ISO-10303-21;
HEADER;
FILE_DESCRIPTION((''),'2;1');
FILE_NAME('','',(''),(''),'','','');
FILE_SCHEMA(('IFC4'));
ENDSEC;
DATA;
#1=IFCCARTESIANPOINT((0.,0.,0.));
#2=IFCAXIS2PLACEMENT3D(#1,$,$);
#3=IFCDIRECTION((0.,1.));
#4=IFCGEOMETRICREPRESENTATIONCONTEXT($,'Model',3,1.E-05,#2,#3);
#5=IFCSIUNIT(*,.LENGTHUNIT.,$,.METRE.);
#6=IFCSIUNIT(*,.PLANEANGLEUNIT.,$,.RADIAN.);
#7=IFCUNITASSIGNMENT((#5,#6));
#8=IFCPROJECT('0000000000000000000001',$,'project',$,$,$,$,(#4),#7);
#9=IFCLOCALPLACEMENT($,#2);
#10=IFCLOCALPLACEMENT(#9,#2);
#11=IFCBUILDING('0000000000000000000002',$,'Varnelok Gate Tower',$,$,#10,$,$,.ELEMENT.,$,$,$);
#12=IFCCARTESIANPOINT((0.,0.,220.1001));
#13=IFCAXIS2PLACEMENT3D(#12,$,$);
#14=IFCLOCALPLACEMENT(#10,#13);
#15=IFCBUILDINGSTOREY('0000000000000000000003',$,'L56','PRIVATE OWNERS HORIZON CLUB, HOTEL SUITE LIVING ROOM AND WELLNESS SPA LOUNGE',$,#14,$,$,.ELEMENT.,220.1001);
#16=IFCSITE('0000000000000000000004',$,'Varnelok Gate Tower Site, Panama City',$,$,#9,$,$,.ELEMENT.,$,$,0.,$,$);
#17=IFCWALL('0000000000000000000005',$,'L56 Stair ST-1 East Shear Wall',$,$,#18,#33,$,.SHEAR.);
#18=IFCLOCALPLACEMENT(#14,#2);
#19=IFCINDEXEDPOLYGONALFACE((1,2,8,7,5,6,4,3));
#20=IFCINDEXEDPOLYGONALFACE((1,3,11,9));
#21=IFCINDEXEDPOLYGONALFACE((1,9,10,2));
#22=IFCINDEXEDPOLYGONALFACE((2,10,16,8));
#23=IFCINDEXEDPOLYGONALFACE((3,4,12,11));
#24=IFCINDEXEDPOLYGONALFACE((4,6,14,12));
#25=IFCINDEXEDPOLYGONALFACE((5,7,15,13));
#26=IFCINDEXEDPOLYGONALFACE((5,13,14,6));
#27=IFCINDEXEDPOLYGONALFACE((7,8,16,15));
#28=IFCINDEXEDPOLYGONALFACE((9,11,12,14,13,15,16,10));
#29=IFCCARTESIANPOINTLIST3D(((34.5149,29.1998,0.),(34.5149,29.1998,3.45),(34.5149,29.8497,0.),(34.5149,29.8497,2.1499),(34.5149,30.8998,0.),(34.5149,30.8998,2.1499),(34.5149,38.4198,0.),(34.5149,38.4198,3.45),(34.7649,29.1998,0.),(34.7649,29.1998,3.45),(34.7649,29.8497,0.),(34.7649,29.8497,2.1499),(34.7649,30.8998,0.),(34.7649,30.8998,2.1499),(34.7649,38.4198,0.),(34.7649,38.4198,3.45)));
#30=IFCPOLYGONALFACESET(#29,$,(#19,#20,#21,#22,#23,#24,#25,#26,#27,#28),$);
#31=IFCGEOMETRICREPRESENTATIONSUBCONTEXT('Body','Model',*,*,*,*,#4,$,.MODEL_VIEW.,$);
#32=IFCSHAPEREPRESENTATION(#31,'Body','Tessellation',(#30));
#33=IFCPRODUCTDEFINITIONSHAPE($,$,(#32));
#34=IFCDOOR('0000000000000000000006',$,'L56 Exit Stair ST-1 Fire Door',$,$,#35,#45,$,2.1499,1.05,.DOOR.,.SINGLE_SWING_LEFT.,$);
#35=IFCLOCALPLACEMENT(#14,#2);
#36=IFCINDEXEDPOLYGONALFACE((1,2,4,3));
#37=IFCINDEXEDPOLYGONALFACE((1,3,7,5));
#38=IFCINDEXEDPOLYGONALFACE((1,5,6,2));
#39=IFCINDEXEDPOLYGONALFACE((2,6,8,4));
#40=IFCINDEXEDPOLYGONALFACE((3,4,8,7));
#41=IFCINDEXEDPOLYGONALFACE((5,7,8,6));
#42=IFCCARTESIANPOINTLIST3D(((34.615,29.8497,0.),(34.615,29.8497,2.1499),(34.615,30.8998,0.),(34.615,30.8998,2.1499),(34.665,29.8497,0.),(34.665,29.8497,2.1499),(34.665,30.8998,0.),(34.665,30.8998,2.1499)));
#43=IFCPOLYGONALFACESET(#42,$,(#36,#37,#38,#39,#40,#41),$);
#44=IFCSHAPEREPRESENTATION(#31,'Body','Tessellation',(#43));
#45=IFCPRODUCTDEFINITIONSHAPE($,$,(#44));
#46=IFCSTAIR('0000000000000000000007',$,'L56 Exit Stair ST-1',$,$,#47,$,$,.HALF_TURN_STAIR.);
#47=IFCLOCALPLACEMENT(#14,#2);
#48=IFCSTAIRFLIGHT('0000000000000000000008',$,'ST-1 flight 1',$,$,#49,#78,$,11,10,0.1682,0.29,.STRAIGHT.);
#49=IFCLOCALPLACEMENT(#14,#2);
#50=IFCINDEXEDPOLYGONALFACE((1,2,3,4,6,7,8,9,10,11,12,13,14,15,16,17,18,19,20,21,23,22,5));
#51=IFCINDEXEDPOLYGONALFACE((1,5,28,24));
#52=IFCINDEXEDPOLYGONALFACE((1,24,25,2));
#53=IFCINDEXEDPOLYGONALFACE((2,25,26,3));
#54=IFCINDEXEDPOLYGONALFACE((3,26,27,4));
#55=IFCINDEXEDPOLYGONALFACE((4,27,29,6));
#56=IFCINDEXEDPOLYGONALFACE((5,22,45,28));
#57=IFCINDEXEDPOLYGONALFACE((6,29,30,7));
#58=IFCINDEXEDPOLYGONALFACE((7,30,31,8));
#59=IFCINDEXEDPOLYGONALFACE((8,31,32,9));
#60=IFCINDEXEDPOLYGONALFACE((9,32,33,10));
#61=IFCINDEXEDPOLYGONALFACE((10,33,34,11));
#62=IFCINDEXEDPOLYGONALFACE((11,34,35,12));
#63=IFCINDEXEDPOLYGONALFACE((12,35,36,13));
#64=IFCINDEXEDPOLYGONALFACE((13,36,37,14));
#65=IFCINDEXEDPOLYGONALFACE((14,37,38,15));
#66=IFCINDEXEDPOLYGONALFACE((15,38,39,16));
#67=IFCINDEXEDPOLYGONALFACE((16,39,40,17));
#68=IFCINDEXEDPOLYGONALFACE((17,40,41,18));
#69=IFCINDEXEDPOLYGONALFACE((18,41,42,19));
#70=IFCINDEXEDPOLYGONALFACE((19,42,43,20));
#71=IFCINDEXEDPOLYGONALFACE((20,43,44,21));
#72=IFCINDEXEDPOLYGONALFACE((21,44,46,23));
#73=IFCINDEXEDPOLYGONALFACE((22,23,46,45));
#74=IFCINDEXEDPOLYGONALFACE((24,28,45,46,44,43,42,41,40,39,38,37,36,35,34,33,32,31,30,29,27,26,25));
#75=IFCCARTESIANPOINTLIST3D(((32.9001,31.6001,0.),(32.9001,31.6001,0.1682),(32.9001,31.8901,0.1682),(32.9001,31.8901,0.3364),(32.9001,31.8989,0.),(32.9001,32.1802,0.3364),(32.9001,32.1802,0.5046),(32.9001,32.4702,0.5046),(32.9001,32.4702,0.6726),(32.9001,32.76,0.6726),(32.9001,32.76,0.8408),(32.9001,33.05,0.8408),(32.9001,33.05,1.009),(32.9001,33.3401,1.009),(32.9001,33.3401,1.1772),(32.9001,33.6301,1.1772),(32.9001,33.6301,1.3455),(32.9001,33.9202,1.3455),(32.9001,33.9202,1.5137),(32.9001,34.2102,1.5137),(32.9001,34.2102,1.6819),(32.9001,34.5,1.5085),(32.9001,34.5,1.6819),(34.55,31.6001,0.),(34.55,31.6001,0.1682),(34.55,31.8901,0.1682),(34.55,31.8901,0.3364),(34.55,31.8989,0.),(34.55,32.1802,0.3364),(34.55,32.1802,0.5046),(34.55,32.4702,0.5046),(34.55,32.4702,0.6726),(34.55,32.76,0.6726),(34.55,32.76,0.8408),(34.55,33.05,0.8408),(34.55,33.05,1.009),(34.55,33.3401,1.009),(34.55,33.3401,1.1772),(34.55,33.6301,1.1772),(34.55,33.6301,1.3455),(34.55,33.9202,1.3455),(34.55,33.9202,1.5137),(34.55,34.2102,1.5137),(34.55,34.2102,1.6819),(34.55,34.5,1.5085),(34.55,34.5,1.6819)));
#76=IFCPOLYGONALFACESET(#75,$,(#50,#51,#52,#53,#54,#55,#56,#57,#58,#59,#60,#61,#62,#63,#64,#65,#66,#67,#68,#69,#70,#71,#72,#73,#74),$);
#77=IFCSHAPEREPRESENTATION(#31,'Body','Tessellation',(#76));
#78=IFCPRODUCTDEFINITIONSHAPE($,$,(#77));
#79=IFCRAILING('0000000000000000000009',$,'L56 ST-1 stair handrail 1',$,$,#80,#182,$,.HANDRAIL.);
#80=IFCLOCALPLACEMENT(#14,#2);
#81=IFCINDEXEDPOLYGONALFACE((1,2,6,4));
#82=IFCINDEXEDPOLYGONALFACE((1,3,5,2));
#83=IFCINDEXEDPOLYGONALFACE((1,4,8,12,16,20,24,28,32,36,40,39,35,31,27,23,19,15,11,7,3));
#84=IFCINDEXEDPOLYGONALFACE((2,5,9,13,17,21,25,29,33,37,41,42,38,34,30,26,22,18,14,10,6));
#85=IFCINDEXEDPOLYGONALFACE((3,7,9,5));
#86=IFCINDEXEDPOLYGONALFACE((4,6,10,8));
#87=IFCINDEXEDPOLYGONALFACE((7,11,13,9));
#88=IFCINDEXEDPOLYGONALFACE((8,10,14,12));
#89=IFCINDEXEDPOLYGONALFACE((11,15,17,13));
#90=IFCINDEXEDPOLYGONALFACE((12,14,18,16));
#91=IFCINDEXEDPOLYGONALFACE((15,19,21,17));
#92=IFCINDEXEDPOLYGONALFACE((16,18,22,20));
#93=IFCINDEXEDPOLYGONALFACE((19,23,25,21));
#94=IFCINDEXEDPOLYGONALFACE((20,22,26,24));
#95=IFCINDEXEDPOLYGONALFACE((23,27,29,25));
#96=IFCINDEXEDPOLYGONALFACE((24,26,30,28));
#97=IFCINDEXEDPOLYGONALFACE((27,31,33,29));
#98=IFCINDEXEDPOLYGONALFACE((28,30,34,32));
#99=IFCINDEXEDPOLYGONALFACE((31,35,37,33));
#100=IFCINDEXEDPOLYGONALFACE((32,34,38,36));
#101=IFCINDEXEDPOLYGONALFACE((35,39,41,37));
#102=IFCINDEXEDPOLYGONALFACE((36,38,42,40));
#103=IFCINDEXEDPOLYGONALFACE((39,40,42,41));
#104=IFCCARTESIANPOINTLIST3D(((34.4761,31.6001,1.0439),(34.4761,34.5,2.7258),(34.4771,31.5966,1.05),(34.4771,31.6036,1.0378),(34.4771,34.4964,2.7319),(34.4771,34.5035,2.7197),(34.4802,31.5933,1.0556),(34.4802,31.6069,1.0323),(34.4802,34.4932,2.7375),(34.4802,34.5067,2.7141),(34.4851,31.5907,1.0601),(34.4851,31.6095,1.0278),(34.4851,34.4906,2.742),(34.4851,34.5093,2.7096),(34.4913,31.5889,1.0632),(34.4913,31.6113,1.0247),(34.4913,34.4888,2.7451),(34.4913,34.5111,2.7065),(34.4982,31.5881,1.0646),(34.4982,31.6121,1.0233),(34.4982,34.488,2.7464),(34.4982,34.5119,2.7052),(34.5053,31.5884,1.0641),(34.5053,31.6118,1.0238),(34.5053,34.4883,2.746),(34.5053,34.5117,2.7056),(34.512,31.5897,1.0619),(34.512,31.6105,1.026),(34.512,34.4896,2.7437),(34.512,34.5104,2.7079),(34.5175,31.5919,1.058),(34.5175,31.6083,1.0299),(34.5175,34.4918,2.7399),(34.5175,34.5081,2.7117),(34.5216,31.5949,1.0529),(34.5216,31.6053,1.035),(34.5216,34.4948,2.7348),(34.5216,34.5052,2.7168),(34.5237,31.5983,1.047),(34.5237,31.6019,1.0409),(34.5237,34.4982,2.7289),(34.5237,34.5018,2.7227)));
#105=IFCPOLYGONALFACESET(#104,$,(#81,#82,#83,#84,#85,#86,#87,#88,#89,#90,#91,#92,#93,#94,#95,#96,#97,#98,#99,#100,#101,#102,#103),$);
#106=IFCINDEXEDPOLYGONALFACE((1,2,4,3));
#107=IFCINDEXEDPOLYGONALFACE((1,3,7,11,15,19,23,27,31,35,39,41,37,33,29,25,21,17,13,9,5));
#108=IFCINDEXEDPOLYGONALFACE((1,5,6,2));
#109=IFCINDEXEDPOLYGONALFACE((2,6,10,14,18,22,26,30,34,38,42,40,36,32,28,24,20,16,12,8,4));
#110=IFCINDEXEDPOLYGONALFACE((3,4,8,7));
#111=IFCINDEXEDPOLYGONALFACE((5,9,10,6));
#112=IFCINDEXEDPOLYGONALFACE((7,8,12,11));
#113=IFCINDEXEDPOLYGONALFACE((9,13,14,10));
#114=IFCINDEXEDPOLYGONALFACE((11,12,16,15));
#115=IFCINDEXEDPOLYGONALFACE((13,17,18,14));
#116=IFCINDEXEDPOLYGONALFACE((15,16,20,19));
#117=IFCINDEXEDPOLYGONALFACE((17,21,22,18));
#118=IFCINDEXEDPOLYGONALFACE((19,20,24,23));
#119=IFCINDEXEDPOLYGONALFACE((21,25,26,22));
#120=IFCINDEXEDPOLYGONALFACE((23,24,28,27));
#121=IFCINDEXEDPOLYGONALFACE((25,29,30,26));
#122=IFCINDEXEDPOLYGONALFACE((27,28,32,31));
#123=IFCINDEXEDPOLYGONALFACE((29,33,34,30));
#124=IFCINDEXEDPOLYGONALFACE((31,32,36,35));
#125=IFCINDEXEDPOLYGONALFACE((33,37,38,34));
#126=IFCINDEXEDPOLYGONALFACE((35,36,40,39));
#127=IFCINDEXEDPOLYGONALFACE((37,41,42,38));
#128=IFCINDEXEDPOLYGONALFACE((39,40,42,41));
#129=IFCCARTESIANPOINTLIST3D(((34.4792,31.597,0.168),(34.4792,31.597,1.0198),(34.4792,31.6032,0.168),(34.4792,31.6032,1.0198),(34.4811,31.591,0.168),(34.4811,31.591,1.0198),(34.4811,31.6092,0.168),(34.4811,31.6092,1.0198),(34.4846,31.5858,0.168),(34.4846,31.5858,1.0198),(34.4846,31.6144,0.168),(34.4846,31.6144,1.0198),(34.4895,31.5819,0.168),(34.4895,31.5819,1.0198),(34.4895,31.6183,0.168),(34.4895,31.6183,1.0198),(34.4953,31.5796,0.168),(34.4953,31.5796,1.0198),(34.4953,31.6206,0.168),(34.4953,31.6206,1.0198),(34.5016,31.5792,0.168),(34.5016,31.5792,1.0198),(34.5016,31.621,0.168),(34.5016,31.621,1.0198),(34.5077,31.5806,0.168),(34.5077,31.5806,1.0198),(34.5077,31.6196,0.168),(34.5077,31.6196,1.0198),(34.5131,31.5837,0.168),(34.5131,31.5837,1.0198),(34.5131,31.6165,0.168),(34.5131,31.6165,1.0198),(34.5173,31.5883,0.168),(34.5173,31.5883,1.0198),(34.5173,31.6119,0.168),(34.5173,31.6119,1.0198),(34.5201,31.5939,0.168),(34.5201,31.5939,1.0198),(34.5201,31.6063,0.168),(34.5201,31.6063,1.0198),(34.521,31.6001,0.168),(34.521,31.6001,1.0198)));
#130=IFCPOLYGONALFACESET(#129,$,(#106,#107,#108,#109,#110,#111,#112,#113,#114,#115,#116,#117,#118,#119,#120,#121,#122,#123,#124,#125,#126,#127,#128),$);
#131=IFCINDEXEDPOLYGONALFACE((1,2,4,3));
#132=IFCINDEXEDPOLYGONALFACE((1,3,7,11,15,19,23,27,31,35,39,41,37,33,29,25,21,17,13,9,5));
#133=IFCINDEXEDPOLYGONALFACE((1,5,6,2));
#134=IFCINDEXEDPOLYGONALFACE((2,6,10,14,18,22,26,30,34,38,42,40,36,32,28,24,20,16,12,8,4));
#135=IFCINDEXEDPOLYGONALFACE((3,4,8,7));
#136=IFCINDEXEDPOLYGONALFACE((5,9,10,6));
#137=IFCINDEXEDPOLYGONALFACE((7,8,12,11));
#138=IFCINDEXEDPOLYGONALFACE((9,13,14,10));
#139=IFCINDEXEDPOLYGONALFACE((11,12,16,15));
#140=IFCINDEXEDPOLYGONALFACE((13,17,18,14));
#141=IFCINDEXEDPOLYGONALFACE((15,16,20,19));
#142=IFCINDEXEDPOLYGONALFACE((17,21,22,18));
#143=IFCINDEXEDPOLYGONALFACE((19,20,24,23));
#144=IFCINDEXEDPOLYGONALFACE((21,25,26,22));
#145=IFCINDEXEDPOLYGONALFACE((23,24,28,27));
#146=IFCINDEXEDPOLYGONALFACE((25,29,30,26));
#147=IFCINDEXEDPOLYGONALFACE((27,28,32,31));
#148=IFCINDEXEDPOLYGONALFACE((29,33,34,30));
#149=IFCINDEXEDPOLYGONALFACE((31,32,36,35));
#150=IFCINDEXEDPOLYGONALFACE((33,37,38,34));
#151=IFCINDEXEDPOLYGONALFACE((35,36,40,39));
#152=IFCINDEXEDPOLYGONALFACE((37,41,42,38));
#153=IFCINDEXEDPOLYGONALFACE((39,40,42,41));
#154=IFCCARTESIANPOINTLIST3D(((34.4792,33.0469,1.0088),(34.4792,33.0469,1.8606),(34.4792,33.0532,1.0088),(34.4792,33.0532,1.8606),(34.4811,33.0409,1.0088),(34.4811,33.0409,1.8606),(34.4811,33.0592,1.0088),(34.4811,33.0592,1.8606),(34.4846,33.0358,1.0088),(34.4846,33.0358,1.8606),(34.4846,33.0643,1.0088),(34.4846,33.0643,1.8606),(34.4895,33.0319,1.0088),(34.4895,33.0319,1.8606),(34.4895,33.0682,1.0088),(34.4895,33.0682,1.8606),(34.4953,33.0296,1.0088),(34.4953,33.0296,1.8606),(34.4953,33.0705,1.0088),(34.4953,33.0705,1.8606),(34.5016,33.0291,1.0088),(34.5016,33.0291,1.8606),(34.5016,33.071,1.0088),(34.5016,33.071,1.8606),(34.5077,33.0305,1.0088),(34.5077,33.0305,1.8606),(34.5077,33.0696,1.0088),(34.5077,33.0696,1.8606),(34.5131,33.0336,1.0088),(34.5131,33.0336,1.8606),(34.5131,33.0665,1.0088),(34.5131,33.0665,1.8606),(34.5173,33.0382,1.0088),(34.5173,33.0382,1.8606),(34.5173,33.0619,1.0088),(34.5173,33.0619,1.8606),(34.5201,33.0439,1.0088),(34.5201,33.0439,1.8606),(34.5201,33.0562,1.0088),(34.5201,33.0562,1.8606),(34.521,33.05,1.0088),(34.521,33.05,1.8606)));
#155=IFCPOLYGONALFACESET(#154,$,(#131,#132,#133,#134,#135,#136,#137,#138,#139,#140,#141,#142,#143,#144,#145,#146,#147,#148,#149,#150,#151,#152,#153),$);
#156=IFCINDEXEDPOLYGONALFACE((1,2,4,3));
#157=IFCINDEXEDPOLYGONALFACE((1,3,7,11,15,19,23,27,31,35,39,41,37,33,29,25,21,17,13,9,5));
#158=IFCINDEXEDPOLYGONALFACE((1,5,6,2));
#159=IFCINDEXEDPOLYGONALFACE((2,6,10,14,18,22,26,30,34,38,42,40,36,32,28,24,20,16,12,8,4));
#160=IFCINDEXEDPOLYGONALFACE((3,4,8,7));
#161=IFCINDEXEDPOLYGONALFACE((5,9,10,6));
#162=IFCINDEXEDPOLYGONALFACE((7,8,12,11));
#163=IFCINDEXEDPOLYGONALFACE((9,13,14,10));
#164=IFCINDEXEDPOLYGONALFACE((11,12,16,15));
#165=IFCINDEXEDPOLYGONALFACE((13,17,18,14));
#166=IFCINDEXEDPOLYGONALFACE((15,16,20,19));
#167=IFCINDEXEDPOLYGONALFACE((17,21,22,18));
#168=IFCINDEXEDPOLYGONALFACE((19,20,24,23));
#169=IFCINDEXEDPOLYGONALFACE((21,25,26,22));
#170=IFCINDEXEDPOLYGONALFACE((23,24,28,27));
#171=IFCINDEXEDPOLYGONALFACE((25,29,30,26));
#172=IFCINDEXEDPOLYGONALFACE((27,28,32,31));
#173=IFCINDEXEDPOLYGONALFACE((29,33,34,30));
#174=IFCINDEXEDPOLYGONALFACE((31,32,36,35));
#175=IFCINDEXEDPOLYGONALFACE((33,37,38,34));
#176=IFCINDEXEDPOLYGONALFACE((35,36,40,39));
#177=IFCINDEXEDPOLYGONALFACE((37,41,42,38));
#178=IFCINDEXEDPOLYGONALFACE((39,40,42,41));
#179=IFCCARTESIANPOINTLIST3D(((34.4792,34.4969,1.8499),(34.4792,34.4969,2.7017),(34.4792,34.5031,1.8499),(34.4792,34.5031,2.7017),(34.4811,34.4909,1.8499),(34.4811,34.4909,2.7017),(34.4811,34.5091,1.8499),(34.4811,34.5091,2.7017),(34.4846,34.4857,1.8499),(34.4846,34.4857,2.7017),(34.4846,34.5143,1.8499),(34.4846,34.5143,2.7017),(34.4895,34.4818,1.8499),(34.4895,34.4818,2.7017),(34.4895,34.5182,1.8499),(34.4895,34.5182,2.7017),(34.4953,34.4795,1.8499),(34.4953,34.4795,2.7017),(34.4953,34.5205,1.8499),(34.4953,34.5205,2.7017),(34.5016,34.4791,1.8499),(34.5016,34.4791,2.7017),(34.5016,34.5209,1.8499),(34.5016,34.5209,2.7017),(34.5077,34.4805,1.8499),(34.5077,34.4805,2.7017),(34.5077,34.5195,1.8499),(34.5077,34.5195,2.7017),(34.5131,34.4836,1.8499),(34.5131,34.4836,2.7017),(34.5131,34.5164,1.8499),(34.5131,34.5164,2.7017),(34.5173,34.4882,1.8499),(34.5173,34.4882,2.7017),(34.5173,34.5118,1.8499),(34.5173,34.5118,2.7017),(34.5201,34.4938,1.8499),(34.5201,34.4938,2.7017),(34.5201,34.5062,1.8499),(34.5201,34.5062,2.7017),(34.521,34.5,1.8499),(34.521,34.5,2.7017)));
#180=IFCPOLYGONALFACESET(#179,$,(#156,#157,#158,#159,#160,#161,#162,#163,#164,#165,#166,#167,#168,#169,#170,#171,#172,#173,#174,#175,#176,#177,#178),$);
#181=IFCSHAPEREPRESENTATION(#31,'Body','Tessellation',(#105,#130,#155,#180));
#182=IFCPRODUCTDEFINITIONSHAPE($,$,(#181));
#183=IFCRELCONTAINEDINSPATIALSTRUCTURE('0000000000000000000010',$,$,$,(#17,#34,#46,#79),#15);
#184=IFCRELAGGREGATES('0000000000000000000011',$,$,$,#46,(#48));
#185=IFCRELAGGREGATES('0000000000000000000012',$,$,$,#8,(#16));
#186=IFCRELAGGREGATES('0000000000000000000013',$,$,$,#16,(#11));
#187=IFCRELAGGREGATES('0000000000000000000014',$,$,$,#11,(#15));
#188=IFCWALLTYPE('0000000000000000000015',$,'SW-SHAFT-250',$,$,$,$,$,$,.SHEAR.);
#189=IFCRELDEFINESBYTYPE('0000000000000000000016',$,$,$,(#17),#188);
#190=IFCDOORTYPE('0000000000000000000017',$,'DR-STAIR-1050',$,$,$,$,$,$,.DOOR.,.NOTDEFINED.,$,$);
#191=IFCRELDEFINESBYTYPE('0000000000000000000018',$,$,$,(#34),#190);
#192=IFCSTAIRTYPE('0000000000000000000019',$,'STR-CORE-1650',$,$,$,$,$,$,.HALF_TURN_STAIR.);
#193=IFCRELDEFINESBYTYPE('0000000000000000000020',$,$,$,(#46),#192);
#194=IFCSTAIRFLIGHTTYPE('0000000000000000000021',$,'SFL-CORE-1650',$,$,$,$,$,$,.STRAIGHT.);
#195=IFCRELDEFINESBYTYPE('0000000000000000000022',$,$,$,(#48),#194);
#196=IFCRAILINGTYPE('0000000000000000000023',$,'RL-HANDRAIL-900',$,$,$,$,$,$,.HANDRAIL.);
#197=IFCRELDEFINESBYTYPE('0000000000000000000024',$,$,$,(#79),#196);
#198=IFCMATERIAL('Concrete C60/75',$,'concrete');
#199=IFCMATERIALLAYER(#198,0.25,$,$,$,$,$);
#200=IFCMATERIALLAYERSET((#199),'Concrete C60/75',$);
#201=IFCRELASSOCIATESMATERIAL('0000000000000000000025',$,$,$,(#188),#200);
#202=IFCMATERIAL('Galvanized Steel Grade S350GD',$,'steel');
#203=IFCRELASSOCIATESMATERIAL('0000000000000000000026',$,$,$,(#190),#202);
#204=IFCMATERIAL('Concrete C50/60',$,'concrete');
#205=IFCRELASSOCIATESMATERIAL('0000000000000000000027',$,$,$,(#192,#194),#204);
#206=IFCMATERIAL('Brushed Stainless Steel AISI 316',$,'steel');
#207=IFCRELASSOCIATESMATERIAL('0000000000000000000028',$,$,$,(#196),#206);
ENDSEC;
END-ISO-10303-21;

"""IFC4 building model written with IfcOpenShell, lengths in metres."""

from ifc_helpers import new_model, si_unit, direction, frame, frame_2d, origin, origin_2d, place, context, subcontext, project, spatial, polyline, rectangle, circle, outline, extrude, material, layer, layer_set, type_object, element, fill, aggregate, save


model = new_model("IFC4")

# Units and contexts
model_context = context("Model", 3, precision=1e-05, world=origin(), true_north=direction((0.0, 1.0)))
body_context = subcontext(model_context, "Body", "Model", "MODEL_VIEW")
ifc_project = project(units=[si_unit("LENGTHUNIT", "METRE"), si_unit("PLANEANGLEUNIT", "RADIAN")], contexts=[model_context])

# Site, building, storey
site_placement = place(None, origin())
site = spatial("IfcSite", under=ifc_project, at=site_placement, Name="Varnelok Gate Tower Site, Panama City", CompositionType="ELEMENT", RefElevation=0.0)
building_placement = place(site_placement, origin())
building = spatial("IfcBuilding", under=site, at=building_placement, Name="Varnelok Gate Tower", CompositionType="ELEMENT")
storey_placement = place(building_placement, frame((0.0, 0.0, 220.1001)))
storey = spatial("IfcBuildingStorey", under=building, at=storey_placement, Name="L56", Description="PRIVATE OWNERS HORIZON CLUB, HOTEL SUITE LIVING ROOM AND WELLNESS SPA LOUNGE", CompositionType="ELEMENT", Elevation=220.1001)

# Shared definitions
ifc_material_1 = material(Name="Concrete C60/75", Category="concrete")

# Shared definitions
ifc_material_2 = material(Name="Galvanized Steel Grade S350GD", Category="steel")

# Wall, opening, door
ifc_layer_1 = layer(ifc_material_1, 0.25)
ifc_layer_set_1 = layer_set([ifc_layer_1], Name="Concrete C60/75")
wall_type_1 = type_object("IfcWallType", Name="SW-SHAFT-250", PredefinedType="SHEAR", material=ifc_layer_set_1)
wall_1_placement = place(storey_placement, frame((34.6399, 29.2, 0.0), z_axis=(0.0, 0.0, 1.0), x_axis=(0.0, 1.0, 0.0)))
wall_1 = element("IfcWall", 1, at=wall_1_placement, inside=storey, type_object=wall_type_1, Name="L56 Stair ST-1 East Shear Wall", PredefinedType="SHEAR", context=body_context, shape_type="SweptSolid", body=[
    extrude(rectangle(XDim=9.22, YDim=0.25, at=frame_2d((4.6099, 0.0))), origin(), (0.0, 0.0, 1.0), 3.45),
])
opening_1_placement = place(wall_1_placement, frame((0.6499, 0.0, 0.0)))
opening_1 = element("IfcOpeningElement", 2, at=opening_1_placement, cuts=wall_1, PredefinedType="OPENING", context=body_context, shape_type="SweptSolid", body=[
    extrude(rectangle(XDim=1.05, YDim=2.1499, at=frame_2d((0.5249, 1.075))), frame((0.0, 0.135, 0.0), z_axis=(0.0, -1.0, 0.0), x_axis=(1.0, 0.0, 0.0)), (0.0, 0.0, 1.0), 0.27),
])
door_type_1 = type_object("IfcDoorType", Name="DR-STAIR-1050", OperationType="NOTDEFINED", PredefinedType="DOOR", material=ifc_material_2)
door_1_placement = place(opening_1_placement, origin())
door_1 = element("IfcDoor", 3, at=door_1_placement, inside=storey, type_object=door_type_1, Name="L56 Exit Stair ST-1 Fire Door", OperationType="SINGLE_SWING_LEFT", OverallHeight=2.1499, OverallWidth=1.05, PredefinedType="DOOR", context=body_context, shape_type="SweptSolid", body=[
    extrude(rectangle(XDim=1.05, YDim=2.1499, at=frame_2d((0.5249, 1.075))), frame((0.0, 0.0249, 0.0), z_axis=(0.0, -1.0, 0.0), x_axis=(1.0, 0.0, 0.0)), (0.0, 0.0, 1.0), 0.05),
])
fill(opening_1, door_1)

# Stair, stair flight
ifc_material_3 = material(Name="Concrete C50/60", Category="concrete")
stair_type = type_object("IfcStairType", Name="STR-CORE-1650", PredefinedType="HALF_TURN_STAIR", material=ifc_material_3)
stair_placement = place(storey_placement, origin())
stair = element("IfcStair", 4, at=stair_placement, inside=storey, type_object=stair_type, Name="L56 Exit Stair ST-1", PredefinedType="HALF_TURN_STAIR")
stair_flight_type = type_object("IfcStairFlightType", Name="SFL-CORE-1650", PredefinedType="STRAIGHT", material=ifc_material_3)
stair_flight_placement = place(storey_placement, frame((33.7251, 31.6001, 0.0), z_axis=(0.0, 0.0, 1.0), x_axis=(0.0, 1.0, 0.0)))
stair_flight = element("IfcStairFlight", 5, at=stair_flight_placement, type_object=stair_flight_type, Name="ST-1 flight 1", NumberOfRisers=11, NumberOfTreads=10, PredefinedType="STRAIGHT", RiserHeight=0.1682, TreadLength=0.29, context=body_context, shape_type="SweptSolid", body=[
    extrude(outline(polyline([(0.0, 0.0), (0.0, 0.1682), (0.29, 0.1682), (0.29, 0.3364), (0.5801, 0.3364), (0.5801, 0.5046), (0.8701, 0.5046), (0.8701, 0.6726), (1.1599, 0.6726), (1.1599, 0.8408), (1.45, 0.8408), (1.45, 1.009), (1.74, 1.009), (1.74, 1.1772), (2.03, 1.1772), (2.03, 1.3455), (2.3201, 1.3455), (2.3201, 1.5137), (2.6101, 1.5137), (2.6101, 1.6819), (2.8999, 1.6819), (2.8999, 1.8501), (2.8999, 1.5085), (0.2988, 0.0), (0.0, 0.0)])), frame((0.0, 0.825, 0.0), z_axis=(0.0, -1.0, 0.0), x_axis=(1.0, 0.0, 0.0)), (0.0, 0.0, 1.0), 1.6499),
])
aggregate(stair, [stair_flight])

# Railing
ifc_material_4 = material(Name="Brushed Stainless Steel AISI 316", Category="steel")
railing_type_1 = type_object("IfcRailingType", Name="RL-HANDRAIL-900", PredefinedType="HANDRAIL", material=ifc_material_4)
railing_1_placement = place(storey_placement, frame((34.5, 31.6001, 0.168)))
element("IfcRailing", 6, at=railing_1_placement, inside=storey, type_object=railing_type_1, Name="L56 ST-1 stair handrail 1", PredefinedType="HANDRAIL", context=body_context, shape_type="SweptSolid", body=[
    extrude(circle(Radius=0.0239, at=origin_2d()), frame((0.0, 0.0, 0.876), z_axis=(0.0, 0.865039, 0.501705), x_axis=(-1.0, 0.0, 0.0)), (0.0, 0.0, 1.0), 3.3523),
    extrude(circle(Radius=0.021, at=origin_2d()), origin(), (0.0, 0.0, 1.0), 0.8518),
    extrude(circle(Radius=0.021, at=origin_2d()), frame((0.0, 1.45, 0.8408)), (0.0, 0.0, 1.0), 0.8518),
    extrude(circle(Radius=0.021, at=origin_2d()), frame((0.0, 2.8999, 1.6819)), (0.0, 0.0, 1.0), 0.8518),
])

save(model, "model.ifc")
